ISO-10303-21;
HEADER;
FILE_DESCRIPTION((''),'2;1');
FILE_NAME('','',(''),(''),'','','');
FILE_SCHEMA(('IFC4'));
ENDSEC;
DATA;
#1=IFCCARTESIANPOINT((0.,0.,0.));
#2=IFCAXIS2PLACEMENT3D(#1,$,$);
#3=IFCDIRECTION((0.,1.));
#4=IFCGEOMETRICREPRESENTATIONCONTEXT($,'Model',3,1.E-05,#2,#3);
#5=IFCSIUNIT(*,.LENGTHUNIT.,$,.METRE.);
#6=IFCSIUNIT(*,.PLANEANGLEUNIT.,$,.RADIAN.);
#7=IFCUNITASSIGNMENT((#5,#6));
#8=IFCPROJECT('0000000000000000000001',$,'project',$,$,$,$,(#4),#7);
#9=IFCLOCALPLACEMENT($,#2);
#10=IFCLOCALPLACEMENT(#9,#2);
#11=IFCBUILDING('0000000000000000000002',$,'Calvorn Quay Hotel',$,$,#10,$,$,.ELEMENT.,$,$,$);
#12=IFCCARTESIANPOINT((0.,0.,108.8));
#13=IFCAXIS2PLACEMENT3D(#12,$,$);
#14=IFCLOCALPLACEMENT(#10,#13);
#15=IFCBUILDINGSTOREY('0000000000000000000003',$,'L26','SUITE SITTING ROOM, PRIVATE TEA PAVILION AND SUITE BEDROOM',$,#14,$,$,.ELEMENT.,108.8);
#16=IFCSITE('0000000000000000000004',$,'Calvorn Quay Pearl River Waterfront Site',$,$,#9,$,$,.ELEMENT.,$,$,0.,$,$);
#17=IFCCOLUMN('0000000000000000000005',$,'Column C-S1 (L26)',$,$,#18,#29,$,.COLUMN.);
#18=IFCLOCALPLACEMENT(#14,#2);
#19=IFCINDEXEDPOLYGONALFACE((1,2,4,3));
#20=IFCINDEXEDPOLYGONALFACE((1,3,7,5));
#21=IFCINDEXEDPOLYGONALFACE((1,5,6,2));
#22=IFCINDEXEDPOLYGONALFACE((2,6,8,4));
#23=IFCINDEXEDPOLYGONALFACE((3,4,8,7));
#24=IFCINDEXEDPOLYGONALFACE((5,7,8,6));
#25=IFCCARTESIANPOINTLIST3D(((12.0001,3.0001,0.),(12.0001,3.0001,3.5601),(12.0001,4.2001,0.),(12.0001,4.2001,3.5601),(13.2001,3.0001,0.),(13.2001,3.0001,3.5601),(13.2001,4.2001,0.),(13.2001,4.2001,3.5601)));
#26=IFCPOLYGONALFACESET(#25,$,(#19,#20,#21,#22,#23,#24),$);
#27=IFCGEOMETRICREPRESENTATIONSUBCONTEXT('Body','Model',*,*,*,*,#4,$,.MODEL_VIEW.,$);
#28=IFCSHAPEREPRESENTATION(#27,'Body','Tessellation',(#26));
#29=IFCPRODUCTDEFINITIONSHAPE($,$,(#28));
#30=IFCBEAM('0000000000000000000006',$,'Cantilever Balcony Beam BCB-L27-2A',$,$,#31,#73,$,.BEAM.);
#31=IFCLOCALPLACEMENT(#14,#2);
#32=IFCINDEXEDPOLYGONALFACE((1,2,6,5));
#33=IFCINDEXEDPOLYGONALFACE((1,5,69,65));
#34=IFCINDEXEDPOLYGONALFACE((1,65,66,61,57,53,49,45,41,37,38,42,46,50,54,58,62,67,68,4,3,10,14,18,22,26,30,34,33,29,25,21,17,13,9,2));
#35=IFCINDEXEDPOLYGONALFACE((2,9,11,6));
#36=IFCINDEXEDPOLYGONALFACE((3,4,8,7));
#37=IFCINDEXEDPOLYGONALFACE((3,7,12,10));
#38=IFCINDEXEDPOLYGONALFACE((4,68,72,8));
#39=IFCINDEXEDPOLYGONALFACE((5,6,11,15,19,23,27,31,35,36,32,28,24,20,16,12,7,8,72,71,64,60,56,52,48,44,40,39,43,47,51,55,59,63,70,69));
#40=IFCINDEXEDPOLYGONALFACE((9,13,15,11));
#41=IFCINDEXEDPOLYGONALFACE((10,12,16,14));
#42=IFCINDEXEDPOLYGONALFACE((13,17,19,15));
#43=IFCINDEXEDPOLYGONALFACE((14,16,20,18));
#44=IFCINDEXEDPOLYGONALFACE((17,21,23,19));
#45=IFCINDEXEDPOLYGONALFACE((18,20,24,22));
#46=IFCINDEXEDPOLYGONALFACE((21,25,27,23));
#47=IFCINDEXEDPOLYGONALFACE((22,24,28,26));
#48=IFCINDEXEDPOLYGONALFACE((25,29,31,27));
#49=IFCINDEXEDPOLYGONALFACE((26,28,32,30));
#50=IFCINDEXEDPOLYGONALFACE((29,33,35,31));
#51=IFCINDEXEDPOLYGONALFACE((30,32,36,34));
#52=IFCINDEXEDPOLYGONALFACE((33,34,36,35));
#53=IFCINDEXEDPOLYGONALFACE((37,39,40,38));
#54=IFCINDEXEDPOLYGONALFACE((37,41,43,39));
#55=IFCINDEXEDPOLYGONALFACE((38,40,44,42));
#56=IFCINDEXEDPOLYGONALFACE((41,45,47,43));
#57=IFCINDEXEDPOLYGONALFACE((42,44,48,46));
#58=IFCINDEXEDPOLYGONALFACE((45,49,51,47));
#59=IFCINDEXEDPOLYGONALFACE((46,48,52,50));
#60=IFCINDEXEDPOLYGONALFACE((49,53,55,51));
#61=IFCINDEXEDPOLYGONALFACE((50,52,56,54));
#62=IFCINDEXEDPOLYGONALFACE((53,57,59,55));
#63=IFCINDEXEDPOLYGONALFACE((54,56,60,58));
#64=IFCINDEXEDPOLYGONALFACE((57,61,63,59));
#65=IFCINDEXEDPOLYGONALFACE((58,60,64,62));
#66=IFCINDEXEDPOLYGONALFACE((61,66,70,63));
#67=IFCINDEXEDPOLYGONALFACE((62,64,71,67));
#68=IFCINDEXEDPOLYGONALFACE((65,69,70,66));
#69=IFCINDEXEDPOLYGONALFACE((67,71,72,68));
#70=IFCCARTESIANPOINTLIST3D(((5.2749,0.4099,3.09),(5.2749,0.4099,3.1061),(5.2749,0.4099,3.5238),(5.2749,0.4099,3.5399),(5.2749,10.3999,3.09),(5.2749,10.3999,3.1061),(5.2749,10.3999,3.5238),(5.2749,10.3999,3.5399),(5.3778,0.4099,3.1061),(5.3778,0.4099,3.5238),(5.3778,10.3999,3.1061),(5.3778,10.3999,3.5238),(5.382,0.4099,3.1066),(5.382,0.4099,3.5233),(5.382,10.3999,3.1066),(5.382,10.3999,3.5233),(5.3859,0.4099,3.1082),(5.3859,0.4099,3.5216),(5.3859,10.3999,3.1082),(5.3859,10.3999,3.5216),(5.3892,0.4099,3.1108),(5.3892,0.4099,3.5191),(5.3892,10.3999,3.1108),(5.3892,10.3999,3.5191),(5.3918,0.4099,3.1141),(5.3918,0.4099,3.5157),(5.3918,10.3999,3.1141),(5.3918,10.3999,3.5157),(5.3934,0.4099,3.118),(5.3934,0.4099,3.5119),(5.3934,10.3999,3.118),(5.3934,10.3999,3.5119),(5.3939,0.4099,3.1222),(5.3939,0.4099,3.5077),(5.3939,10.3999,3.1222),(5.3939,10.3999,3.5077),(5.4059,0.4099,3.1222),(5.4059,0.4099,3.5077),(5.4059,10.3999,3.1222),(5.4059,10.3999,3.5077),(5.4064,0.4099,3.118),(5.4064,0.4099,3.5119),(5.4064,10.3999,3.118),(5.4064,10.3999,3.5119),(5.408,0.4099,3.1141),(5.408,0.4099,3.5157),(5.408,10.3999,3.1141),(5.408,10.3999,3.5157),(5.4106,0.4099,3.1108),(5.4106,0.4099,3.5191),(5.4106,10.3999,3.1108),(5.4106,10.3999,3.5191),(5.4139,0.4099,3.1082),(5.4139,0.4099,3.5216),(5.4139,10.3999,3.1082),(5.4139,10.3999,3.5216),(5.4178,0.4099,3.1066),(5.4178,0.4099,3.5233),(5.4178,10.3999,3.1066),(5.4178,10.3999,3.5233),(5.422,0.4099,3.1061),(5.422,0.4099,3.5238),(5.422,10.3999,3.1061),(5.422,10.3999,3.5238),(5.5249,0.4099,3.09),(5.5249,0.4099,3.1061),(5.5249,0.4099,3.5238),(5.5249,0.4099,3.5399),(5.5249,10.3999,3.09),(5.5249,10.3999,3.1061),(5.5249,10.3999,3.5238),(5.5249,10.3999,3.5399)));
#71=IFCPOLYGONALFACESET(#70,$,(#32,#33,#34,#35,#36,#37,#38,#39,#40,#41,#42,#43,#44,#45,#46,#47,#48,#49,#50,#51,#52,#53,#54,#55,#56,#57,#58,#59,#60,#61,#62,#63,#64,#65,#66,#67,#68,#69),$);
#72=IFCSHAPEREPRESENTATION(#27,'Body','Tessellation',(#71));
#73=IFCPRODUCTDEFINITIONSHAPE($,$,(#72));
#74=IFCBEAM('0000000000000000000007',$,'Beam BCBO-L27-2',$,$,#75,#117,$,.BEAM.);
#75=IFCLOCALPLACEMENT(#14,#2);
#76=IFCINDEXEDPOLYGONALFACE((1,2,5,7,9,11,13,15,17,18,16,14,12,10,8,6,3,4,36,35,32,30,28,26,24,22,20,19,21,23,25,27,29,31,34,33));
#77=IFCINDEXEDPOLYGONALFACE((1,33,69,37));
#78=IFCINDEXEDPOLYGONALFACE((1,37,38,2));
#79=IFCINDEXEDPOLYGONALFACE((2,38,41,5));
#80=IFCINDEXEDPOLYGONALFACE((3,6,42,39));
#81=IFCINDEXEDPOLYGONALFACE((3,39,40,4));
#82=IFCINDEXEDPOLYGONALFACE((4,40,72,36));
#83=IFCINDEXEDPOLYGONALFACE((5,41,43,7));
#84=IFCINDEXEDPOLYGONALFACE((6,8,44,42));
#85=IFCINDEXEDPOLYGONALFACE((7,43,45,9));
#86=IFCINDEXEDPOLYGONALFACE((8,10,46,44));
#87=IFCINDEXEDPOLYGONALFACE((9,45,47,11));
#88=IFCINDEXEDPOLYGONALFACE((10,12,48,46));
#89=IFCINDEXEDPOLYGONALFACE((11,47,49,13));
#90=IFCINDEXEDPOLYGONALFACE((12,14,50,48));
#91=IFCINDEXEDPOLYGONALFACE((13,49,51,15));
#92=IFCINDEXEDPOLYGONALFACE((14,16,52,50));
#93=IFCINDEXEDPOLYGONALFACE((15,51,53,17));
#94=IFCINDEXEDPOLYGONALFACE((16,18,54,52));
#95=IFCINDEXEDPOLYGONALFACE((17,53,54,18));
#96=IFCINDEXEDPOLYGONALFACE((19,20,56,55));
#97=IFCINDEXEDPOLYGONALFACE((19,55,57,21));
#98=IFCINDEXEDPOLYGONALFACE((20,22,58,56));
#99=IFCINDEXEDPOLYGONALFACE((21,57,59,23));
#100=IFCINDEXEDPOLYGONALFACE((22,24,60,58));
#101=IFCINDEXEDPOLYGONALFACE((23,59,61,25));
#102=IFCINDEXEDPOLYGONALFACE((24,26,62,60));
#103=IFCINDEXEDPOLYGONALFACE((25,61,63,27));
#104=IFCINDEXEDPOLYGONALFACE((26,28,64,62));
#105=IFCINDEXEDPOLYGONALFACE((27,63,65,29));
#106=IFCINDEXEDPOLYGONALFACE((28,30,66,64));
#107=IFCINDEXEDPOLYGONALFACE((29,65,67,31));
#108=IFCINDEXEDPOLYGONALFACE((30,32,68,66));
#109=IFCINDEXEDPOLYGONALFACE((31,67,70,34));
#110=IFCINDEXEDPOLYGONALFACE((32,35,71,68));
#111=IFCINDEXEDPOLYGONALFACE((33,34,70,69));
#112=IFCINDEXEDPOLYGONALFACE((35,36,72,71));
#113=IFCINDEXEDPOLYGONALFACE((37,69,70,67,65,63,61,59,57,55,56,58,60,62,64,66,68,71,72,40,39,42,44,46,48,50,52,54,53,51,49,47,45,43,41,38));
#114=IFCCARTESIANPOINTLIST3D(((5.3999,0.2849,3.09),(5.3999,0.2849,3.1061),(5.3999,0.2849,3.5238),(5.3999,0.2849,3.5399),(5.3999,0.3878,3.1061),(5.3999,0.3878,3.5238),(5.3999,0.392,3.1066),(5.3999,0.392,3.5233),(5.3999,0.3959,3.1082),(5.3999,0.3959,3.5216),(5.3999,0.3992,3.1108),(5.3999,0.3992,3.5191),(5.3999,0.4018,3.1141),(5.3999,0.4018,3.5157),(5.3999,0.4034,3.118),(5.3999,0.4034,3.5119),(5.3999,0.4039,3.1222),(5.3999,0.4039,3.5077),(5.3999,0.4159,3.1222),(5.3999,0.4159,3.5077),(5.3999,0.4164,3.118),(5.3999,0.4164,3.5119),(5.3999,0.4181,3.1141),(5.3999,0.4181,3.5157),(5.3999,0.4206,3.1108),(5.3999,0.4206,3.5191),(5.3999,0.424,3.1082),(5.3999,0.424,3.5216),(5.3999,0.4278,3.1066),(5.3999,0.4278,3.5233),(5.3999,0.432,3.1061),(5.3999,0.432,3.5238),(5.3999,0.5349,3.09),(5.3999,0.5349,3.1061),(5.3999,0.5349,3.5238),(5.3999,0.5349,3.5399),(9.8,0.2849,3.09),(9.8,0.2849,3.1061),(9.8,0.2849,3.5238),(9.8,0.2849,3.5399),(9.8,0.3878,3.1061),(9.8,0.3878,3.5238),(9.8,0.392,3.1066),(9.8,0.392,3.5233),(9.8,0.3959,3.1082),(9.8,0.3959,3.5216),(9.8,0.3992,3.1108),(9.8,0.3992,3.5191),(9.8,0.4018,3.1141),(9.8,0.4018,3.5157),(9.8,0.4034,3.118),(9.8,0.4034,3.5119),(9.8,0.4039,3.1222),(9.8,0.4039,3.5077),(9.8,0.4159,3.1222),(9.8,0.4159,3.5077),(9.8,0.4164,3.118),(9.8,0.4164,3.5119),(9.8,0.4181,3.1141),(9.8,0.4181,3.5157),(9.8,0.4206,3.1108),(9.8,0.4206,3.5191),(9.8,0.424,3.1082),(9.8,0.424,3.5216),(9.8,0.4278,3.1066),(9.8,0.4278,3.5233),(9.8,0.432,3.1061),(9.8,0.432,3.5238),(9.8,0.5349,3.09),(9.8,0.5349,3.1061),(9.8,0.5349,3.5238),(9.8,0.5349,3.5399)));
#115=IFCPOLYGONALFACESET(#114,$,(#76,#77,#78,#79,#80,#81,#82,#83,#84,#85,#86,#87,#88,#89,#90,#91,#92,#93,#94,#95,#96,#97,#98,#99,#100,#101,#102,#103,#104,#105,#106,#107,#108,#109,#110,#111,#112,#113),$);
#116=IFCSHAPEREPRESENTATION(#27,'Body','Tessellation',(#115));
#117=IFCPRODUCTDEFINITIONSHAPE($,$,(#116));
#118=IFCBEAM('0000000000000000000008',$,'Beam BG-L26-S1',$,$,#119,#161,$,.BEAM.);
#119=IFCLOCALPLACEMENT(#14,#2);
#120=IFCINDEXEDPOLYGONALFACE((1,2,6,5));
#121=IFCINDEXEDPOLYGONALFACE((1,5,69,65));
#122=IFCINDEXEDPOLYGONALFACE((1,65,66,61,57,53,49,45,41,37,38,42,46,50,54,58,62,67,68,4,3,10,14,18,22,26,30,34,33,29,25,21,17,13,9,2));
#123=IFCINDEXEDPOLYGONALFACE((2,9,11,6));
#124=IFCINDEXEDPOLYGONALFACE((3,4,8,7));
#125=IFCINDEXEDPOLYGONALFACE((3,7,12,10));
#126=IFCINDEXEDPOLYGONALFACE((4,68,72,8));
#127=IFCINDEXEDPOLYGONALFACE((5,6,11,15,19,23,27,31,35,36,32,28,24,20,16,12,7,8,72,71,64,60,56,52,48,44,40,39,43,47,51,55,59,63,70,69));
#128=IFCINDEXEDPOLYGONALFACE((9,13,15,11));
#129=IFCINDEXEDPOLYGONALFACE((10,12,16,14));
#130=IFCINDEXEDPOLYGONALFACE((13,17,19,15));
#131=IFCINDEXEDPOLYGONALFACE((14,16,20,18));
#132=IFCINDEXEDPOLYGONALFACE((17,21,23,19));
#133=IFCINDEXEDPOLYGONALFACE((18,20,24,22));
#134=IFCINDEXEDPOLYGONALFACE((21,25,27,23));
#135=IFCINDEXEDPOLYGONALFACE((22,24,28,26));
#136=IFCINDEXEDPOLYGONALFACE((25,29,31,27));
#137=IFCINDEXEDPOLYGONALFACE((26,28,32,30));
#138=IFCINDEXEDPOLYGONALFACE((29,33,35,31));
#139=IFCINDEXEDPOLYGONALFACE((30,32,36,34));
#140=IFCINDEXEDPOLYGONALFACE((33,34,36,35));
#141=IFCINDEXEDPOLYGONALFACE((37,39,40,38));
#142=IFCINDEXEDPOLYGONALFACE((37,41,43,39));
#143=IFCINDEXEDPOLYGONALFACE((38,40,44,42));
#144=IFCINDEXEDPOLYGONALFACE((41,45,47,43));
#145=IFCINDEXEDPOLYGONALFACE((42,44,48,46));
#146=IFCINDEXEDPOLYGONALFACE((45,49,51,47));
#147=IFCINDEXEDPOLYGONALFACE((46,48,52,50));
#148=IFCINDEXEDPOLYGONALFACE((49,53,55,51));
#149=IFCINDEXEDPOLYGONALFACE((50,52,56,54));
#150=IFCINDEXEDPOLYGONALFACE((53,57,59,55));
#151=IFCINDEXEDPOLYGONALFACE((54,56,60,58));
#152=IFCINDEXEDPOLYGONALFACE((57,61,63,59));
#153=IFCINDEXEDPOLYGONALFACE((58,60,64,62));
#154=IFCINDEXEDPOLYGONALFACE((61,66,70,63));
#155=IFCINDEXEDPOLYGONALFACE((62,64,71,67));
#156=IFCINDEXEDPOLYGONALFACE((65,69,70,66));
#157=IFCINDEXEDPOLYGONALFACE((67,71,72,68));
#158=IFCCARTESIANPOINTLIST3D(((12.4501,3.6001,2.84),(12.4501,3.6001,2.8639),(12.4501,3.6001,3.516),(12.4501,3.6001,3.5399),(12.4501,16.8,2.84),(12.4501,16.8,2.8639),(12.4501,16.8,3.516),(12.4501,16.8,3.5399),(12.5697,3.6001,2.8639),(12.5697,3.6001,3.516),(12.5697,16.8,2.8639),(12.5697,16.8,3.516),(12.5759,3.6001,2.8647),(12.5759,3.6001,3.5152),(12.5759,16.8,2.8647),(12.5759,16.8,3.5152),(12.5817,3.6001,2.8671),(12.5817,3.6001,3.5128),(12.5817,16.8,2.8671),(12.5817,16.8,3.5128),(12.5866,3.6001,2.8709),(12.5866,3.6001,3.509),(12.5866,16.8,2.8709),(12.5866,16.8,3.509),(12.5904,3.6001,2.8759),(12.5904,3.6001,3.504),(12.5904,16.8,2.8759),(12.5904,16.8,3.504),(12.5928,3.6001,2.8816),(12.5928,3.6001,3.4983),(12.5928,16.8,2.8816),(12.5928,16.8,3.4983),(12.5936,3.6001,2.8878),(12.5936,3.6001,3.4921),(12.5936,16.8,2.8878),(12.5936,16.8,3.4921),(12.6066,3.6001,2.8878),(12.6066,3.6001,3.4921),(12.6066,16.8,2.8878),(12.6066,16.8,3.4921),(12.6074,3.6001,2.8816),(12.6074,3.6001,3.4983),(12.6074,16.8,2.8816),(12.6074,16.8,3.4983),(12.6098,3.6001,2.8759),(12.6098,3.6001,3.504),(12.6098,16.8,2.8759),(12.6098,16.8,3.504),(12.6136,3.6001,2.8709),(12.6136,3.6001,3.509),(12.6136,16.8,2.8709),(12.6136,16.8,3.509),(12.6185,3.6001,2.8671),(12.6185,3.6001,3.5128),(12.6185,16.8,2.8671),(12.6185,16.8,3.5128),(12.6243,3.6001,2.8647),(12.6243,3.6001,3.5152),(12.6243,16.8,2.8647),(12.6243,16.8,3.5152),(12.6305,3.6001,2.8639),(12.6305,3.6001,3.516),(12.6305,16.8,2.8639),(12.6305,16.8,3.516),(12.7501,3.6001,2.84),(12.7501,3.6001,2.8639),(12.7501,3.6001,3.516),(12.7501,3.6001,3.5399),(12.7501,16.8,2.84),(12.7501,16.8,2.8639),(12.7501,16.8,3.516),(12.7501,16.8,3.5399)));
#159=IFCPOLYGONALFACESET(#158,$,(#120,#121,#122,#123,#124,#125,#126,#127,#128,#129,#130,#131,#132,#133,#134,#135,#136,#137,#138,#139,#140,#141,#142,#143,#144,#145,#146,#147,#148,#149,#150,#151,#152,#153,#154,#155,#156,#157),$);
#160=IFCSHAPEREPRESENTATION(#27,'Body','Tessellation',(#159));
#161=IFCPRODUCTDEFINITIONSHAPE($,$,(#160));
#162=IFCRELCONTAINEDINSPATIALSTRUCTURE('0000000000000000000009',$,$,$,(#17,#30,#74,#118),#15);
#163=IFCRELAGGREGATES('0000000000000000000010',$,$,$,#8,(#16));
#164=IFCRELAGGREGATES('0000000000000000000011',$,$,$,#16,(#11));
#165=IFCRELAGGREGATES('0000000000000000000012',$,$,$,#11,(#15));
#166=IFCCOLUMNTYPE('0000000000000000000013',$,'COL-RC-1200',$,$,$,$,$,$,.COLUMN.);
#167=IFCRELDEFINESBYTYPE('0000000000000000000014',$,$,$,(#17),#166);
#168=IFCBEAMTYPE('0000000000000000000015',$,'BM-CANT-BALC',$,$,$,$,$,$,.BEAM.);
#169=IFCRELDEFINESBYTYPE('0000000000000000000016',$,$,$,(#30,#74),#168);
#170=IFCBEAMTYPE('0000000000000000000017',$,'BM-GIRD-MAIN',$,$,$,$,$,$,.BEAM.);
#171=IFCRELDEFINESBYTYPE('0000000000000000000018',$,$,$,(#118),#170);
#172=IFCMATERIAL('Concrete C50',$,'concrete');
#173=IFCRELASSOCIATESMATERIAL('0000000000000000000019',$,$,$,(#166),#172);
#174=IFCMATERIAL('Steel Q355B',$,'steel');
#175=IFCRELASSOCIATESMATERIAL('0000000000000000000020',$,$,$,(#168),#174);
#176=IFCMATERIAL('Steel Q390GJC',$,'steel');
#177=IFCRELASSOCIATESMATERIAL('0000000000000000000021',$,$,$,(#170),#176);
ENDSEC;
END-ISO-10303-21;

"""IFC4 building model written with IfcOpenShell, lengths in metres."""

from ifc_helpers import new_model, si_unit, direction, frame, origin, origin_2d, place, context, subcontext, project, spatial, rectangle, i_section, extrude, material, material_profile, profile_set, type_object, element, save


model = new_model("IFC4")

# Units and contexts
model_context = context("Model", 3, precision=1e-05, world=origin(), true_north=direction((0.0, 1.0)))
body_context = subcontext(model_context, "Body", "Model", "MODEL_VIEW")
ifc_project = project(units=[si_unit("LENGTHUNIT", "METRE"), si_unit("PLANEANGLEUNIT", "RADIAN")], contexts=[model_context])

# Site, building, storey
site_placement = place(None, origin())
site = spatial("IfcSite", under=ifc_project, at=site_placement, Name="Calvorn Quay Pearl River Waterfront Site", CompositionType="ELEMENT", RefElevation=0.0)
building_placement = place(site_placement, origin())
building = spatial("IfcBuilding", under=site, at=building_placement, Name="Calvorn Quay Hotel", CompositionType="ELEMENT")
storey_placement = place(building_placement, frame((0.0, 0.0, 108.8)))
storey = spatial("IfcBuildingStorey", under=building, at=storey_placement, Name="L26", Description="SUITE SITTING ROOM, PRIVATE TEA PAVILION AND SUITE BEDROOM", CompositionType="ELEMENT", Elevation=108.8)

# Column
ifc_material_1 = material(Name="Concrete C50", Category="concrete")
ifc_material_profile_1 = material_profile(ifc_material_1, rectangle(XDim=1.2, YDim=1.2, at=origin_2d()), Name="RC1200x1200")
ifc_profile_set_1 = profile_set([ifc_material_profile_1], Name="Concrete C50")
column_type = type_object("IfcColumnType", Name="COL-RC-1200", PredefinedType="COLUMN", material=ifc_profile_set_1)
column_placement = place(storey_placement, frame((12.6001, 3.6001, 0.0), z_axis=(0.0, 0.0, 1.0), x_axis=(1.0, 0.0, 0.0)))
element("IfcColumn", 1, at=column_placement, inside=storey, type_object=column_type, Name="Column C-S1 (L26)", PredefinedType="COLUMN", context=body_context, shape_type="SweptSolid", body=[
    extrude(rectangle(XDim=1.2, YDim=1.2, at=origin_2d()), origin(), (0.0, 0.0, 1.0), 3.5601),
])

# Beams
ifc_material_2 = material(Name="Steel Q355B", Category="steel")
ifc_material_profile_2 = material_profile(ifc_material_2, i_section(OverallWidth=0.25, OverallDepth=0.45, WebThickness=0.012, FlangeThickness=0.0161, FilletRadius=0.0161, at=origin_2d()), Name="HN450x250x12x16")
ifc_profile_set_2 = profile_set([ifc_material_profile_2], Name="Steel Q355B")
beam_type_1 = type_object("IfcBeamType", Name="BM-CANT-BALC", PredefinedType="BEAM", material=ifc_profile_set_2)
beam_1_placement = place(storey_placement, frame((5.3999, 10.3999, 3.3149), z_axis=(0.0, -1.0, 0.0), x_axis=(1.0, 0.0, 0.0)))
element("IfcBeam", 2, at=beam_1_placement, inside=storey, type_object=beam_type_1, Name="Cantilever Balcony Beam BCB-L27-2A", PredefinedType="BEAM", context=body_context, shape_type="SweptSolid", body=[
    extrude(i_section(OverallWidth=0.25, OverallDepth=0.45, WebThickness=0.012, FlangeThickness=0.0161, FilletRadius=0.0161, at=origin_2d()), origin(), (0.0, 0.0, 1.0), 9.99),
])
beam_2_placement = place(storey_placement, frame((5.3999, 0.4099, 3.3149), z_axis=(1.0, 0.0, 0.0), x_axis=(0.0, 1.0, 0.0)))
element("IfcBeam", 3, at=beam_2_placement, inside=storey, type_object=beam_type_1, Name="Beam BCBO-L27-2", PredefinedType="BEAM", context=body_context, shape_type="SweptSolid", body=[
    extrude(i_section(OverallWidth=0.25, OverallDepth=0.45, WebThickness=0.012, FlangeThickness=0.0161, FilletRadius=0.0161, at=origin_2d()), origin(), (0.0, 0.0, 1.0), 4.4001),
])
ifc_material_3 = material(Name="Steel Q390GJC", Category="steel")
ifc_material_profile_3 = material_profile(ifc_material_3, i_section(OverallWidth=0.3, OverallDepth=0.7, WebThickness=0.0129, FlangeThickness=0.0239, FilletRadius=0.0239, at=origin_2d()), Name="HN700x300x13x24")
ifc_profile_set_3 = profile_set([ifc_material_profile_3], Name="Steel Q390GJC")
beam_type_2 = type_object("IfcBeamType", Name="BM-GIRD-MAIN", PredefinedType="BEAM", material=ifc_profile_set_3)
beam_3_placement = place(storey_placement, frame((12.6001, 3.6001, 3.1899), z_axis=(0.0, 1.0, 0.0), x_axis=(-1.0, 0.0, 0.0)))
element("IfcBeam", 4, at=beam_3_placement, inside=storey, type_object=beam_type_2, Name="Beam BG-L26-S1", PredefinedType="BEAM", context=body_context, shape_type="SweptSolid", body=[
    extrude(i_section(OverallWidth=0.3, OverallDepth=0.7, WebThickness=0.0129, FlangeThickness=0.0239, FilletRadius=0.0239, at=origin_2d()), origin(), (0.0, 0.0, 1.0), 13.2),
])

save(model, "model.ifc")
